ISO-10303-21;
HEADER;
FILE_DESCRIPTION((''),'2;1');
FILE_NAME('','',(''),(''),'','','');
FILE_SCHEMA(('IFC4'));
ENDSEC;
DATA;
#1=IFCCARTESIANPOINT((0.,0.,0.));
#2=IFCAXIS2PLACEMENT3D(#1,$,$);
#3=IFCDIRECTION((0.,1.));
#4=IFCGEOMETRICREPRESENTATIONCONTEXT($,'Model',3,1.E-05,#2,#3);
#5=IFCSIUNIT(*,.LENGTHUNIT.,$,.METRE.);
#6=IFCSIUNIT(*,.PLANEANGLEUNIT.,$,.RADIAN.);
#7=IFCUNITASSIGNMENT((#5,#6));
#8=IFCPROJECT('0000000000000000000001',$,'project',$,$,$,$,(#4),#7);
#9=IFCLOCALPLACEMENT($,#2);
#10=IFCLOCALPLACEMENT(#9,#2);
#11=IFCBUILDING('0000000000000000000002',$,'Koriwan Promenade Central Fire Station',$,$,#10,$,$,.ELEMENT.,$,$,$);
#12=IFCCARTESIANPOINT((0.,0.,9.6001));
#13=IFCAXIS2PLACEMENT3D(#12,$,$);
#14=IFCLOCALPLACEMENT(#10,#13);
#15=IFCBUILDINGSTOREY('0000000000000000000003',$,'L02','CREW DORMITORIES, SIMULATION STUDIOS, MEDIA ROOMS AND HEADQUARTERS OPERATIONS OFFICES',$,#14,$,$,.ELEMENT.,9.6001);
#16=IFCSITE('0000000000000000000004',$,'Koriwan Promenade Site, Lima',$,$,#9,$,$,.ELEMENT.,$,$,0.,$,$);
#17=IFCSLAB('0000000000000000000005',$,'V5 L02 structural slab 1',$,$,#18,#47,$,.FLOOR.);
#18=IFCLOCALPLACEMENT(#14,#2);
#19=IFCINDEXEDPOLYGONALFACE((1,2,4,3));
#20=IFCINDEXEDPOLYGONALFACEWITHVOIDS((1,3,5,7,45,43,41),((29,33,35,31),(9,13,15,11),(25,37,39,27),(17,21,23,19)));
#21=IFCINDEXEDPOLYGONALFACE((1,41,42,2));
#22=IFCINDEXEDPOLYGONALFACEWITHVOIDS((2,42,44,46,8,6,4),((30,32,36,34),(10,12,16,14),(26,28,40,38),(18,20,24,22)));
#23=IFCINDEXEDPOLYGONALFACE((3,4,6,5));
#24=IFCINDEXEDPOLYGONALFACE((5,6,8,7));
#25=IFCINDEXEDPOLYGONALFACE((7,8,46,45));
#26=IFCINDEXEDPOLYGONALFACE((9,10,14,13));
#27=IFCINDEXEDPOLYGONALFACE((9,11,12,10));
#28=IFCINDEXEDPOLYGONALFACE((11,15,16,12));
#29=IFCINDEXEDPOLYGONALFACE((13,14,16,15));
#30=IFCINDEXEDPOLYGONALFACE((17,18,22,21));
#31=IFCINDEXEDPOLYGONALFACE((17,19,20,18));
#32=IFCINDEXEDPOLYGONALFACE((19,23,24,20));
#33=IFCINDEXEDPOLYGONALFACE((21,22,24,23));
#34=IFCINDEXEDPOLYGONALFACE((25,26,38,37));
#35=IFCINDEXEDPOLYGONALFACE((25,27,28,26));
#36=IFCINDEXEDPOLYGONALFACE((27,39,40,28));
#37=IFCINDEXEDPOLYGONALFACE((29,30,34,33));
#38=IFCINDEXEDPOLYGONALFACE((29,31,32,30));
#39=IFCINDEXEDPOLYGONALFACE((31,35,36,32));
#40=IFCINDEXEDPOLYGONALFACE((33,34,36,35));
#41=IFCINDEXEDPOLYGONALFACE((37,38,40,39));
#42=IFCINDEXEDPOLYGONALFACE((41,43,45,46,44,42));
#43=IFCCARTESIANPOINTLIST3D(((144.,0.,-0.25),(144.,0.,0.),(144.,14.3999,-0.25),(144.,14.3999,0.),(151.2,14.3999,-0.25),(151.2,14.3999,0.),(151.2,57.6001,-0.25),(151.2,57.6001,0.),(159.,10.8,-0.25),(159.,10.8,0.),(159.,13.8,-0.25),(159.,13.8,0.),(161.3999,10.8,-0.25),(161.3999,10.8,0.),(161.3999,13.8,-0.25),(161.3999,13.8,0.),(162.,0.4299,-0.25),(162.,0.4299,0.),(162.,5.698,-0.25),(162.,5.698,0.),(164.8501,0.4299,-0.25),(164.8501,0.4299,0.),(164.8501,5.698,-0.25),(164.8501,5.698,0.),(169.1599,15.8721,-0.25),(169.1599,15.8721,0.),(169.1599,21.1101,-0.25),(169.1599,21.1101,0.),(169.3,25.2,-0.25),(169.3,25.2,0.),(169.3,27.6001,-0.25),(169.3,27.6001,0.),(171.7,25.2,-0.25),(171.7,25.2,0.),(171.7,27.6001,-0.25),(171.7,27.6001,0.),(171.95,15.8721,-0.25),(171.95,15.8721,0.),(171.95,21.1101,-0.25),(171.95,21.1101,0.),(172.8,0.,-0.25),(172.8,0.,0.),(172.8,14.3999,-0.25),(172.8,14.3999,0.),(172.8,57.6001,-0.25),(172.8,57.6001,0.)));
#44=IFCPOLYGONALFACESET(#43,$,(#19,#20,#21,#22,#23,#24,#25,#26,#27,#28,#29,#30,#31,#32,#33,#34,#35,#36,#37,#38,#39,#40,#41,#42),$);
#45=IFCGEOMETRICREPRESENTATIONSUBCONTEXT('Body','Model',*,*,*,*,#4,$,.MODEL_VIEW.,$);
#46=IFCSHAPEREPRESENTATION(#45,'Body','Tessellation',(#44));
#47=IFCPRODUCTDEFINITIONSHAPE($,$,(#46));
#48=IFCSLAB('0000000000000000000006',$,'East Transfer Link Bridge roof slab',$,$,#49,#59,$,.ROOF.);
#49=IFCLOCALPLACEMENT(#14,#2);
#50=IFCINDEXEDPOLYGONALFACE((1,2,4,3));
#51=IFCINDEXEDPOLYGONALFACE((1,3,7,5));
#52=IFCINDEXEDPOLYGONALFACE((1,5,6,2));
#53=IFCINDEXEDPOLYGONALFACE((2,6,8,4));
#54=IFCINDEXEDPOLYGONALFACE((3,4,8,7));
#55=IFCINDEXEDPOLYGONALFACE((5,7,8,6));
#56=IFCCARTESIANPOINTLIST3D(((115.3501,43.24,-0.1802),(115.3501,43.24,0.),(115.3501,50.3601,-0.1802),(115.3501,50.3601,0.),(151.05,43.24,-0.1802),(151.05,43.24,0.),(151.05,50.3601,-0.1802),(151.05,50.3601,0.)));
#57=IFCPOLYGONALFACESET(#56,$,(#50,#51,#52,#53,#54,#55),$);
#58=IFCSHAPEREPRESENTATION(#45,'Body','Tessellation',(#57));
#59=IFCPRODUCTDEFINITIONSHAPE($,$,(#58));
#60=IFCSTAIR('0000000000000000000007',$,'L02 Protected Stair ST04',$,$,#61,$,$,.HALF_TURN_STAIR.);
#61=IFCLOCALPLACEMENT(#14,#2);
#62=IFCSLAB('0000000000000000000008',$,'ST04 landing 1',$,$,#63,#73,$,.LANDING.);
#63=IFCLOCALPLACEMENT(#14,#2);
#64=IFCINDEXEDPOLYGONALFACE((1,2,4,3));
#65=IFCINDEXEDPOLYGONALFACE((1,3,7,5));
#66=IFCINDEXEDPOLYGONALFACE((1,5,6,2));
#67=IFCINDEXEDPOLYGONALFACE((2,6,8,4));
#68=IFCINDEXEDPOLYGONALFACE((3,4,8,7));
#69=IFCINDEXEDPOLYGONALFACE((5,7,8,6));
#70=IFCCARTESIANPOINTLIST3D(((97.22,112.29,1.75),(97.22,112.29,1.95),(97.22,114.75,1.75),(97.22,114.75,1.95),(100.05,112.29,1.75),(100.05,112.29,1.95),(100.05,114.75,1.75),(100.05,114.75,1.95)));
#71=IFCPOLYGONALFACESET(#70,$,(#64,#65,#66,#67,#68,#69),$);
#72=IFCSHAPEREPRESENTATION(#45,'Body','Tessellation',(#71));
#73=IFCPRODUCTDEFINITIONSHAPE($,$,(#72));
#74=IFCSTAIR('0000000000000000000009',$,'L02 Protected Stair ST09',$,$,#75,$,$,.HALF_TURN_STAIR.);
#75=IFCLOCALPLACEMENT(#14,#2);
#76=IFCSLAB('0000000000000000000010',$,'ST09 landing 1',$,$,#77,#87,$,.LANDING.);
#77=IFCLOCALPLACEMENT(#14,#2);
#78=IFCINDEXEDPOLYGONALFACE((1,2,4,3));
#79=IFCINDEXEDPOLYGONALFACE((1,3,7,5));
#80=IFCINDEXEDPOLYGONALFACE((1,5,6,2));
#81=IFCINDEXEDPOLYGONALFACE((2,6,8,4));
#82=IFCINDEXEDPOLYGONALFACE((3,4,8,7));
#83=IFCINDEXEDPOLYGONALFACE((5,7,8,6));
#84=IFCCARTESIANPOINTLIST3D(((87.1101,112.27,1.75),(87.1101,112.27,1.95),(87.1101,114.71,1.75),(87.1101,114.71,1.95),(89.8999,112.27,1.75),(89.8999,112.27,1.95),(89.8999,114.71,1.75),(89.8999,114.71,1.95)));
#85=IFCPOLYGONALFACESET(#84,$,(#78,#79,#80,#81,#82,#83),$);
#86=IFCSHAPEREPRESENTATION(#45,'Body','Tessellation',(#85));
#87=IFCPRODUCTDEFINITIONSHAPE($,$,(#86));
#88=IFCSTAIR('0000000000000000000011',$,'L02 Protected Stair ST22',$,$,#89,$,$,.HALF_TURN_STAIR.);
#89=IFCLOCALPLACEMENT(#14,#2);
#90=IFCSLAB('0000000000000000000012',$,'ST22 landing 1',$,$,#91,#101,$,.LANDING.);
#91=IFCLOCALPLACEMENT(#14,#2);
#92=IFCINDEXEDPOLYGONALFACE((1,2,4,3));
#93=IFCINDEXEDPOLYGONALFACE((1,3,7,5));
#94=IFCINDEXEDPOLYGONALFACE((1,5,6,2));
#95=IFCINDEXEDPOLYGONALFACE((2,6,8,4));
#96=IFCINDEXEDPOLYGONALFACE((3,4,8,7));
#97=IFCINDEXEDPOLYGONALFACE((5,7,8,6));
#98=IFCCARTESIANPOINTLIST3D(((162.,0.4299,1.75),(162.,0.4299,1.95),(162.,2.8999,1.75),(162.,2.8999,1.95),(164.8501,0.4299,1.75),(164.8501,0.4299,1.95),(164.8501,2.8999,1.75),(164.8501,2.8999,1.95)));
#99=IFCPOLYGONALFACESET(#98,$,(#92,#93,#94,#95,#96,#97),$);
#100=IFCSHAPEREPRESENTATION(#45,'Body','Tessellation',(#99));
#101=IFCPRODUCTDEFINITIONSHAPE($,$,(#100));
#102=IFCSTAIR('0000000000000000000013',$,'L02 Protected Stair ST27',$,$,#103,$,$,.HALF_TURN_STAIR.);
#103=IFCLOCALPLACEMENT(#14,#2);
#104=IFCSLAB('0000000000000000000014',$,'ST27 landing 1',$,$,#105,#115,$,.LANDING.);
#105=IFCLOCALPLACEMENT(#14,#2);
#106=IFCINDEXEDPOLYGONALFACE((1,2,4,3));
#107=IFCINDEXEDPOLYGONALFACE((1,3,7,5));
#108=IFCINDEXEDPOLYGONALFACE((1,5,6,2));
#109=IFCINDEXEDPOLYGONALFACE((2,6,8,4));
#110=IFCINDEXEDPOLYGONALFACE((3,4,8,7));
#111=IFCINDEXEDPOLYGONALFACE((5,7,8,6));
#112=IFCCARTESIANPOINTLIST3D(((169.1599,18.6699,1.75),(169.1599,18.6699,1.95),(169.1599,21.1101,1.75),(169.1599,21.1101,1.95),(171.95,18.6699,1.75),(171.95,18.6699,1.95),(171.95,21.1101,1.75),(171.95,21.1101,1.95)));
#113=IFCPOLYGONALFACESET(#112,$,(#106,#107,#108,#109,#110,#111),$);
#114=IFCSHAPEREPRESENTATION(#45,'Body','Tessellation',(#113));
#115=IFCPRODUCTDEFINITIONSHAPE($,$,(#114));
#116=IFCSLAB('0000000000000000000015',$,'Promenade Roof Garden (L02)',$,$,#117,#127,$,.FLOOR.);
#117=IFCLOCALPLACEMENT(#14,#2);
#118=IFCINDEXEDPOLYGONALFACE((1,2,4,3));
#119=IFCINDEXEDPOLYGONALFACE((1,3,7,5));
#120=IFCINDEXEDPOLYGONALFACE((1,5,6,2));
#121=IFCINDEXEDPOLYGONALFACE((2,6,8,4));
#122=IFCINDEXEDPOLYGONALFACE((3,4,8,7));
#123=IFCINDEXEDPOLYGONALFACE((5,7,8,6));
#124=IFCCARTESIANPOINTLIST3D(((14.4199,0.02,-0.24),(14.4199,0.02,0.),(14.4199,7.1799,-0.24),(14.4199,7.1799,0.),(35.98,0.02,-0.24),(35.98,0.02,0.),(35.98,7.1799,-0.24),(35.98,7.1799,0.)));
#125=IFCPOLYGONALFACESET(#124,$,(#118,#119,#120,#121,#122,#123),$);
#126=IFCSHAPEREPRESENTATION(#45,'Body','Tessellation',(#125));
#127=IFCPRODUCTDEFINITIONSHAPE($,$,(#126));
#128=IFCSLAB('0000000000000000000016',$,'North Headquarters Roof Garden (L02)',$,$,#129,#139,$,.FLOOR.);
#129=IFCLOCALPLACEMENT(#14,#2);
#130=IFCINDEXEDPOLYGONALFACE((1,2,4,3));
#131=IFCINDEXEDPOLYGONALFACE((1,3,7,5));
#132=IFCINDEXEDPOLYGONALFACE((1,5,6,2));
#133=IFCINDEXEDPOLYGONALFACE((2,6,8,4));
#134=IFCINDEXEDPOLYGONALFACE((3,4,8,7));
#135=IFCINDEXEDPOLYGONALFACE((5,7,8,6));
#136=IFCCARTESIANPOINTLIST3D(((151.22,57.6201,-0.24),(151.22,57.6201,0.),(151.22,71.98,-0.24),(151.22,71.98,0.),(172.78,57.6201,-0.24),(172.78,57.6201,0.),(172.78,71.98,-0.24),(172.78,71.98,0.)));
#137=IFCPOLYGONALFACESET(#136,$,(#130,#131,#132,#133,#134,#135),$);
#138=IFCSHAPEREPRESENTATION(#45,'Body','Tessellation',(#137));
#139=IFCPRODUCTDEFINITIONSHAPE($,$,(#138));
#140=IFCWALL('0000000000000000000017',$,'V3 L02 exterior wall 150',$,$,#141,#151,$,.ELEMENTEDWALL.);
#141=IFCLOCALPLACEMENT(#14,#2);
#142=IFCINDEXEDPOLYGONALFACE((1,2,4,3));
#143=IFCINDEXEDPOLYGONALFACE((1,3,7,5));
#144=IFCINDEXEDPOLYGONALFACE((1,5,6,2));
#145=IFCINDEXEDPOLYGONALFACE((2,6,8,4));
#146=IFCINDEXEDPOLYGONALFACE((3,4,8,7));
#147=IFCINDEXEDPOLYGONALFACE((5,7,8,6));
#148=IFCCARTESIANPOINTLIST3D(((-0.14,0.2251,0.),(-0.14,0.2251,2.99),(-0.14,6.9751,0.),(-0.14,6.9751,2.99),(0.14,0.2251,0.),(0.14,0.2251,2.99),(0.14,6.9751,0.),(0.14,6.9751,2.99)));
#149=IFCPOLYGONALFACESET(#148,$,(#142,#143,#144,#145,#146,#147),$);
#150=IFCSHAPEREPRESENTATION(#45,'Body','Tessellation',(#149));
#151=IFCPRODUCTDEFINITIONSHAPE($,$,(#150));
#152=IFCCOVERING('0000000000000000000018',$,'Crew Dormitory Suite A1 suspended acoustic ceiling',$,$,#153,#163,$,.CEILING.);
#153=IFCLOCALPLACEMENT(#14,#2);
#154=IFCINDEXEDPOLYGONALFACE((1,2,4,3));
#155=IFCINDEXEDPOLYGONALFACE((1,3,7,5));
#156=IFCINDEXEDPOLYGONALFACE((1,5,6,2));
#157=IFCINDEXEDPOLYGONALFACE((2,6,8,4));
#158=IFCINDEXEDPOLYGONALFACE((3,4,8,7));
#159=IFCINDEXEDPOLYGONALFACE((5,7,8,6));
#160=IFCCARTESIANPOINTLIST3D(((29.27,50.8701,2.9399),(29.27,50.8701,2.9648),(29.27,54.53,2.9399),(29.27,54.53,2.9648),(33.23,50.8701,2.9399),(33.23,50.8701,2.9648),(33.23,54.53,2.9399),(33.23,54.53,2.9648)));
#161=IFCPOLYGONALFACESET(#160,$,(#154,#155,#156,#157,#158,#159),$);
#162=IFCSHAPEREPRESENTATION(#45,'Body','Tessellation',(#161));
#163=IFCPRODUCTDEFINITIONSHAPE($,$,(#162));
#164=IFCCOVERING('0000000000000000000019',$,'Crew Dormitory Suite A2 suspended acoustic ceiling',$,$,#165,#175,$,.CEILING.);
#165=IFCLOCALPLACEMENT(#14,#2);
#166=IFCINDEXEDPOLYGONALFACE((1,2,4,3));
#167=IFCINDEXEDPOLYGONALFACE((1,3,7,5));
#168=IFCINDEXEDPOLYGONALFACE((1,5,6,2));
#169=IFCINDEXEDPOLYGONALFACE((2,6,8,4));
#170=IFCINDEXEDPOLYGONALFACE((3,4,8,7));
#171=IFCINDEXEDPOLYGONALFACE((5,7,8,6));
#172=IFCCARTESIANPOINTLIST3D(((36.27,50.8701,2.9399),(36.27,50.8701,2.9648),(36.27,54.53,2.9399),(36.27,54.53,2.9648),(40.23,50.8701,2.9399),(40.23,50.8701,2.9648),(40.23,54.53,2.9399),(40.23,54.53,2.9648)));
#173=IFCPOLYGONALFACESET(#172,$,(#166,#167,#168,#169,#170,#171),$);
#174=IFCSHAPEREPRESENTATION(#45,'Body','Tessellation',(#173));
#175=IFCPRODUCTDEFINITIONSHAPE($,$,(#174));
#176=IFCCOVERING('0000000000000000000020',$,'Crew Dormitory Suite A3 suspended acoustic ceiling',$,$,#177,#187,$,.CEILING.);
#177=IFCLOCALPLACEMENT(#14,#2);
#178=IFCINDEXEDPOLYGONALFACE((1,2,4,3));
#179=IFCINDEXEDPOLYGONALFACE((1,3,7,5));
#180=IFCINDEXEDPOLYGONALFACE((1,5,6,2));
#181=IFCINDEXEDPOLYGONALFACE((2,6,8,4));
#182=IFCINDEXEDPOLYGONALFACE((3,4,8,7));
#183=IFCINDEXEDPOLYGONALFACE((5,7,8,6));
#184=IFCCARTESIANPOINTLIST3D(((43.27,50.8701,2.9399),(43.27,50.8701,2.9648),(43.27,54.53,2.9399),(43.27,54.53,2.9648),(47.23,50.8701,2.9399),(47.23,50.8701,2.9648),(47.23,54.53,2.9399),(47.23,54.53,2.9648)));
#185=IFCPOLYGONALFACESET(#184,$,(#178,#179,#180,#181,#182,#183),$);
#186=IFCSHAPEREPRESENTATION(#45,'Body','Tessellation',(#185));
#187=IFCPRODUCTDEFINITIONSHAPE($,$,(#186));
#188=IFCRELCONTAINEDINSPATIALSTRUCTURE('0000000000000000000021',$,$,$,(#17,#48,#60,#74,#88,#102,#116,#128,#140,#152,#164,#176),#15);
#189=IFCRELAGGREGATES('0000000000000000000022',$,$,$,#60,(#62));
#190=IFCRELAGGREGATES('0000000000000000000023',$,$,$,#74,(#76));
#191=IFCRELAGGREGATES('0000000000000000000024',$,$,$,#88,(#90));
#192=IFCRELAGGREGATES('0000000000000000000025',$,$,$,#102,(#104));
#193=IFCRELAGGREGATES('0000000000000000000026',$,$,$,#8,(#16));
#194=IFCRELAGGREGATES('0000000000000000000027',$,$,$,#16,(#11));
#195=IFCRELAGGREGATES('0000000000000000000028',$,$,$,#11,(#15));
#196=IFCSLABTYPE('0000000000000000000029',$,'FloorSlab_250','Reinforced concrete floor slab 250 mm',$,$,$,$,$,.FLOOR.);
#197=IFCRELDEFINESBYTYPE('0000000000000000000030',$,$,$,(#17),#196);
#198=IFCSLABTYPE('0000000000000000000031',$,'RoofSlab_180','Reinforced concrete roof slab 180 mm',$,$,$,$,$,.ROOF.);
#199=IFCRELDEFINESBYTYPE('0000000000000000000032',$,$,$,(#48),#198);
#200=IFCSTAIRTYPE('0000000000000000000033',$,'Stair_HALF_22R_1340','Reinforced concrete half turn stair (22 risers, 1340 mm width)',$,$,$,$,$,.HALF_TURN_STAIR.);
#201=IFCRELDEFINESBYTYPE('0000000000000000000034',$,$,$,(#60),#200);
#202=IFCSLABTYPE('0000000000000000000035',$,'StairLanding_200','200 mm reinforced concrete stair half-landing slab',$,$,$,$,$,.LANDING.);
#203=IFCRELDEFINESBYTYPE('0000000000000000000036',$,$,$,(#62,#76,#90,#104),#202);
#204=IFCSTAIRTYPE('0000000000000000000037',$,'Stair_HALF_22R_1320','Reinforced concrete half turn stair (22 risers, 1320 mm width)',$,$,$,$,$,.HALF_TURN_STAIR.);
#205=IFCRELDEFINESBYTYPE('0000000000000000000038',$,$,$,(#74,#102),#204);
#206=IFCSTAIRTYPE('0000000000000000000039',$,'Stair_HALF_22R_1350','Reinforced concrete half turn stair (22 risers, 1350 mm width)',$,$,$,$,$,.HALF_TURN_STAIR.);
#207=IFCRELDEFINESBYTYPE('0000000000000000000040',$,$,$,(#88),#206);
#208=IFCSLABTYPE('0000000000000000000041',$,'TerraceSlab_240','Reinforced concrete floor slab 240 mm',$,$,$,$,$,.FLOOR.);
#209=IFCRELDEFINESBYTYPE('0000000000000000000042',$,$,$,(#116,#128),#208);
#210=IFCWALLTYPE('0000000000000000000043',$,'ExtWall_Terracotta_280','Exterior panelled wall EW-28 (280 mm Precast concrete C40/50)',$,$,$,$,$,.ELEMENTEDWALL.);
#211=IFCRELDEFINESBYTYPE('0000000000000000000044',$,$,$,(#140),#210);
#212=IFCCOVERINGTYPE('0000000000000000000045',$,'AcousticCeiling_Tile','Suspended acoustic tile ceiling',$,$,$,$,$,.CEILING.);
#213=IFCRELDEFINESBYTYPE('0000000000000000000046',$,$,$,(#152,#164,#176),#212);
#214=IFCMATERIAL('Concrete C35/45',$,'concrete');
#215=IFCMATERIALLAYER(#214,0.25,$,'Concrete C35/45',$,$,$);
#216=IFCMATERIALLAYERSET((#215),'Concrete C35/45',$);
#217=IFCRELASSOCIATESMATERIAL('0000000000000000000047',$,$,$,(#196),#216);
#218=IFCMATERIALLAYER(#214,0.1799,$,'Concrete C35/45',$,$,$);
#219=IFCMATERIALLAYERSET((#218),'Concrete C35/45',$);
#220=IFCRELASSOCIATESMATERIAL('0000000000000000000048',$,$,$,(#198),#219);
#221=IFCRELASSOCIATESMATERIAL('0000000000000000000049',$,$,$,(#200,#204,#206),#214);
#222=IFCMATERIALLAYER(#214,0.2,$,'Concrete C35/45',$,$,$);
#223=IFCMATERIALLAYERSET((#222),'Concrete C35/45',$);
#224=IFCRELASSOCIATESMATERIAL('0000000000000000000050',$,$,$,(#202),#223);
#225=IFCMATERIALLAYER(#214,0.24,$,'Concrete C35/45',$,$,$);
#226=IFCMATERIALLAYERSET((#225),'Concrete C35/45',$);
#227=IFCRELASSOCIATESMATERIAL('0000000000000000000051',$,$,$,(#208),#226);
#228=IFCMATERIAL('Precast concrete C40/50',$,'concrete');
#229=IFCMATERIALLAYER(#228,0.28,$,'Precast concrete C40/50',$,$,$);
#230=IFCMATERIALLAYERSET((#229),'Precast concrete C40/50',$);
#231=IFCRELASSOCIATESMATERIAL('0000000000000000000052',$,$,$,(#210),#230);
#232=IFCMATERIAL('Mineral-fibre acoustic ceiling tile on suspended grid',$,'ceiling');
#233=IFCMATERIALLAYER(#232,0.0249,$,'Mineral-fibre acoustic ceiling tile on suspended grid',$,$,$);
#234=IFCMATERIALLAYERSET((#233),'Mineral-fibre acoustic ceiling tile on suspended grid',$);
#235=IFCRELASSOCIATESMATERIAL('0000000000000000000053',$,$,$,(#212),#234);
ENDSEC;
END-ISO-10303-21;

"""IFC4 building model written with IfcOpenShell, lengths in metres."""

from ifc_helpers import new_model, si_unit, direction, frame, frame_2d, origin, place, context, subcontext, project, spatial, polyline, rectangle, outline, extrude, material, layer, layer_set, type_object, element, aggregate, save


model = new_model("IFC4")

# Units and contexts
model_context = context("Model", 3, precision=1e-05, world=origin(), true_north=direction((0.0, 1.0)))
body_context = subcontext(model_context, "Body", "Model", "MODEL_VIEW")
ifc_project = project(units=[si_unit("LENGTHUNIT", "METRE"), si_unit("PLANEANGLEUNIT", "RADIAN")], contexts=[model_context])

# Site, building, storey
site_placement = place(None, origin())
site = spatial("IfcSite", under=ifc_project, at=site_placement, Name="Koriwan Promenade Site, Lima", CompositionType="ELEMENT", RefElevation=0.0)
building_placement = place(site_placement, origin())
building = spatial("IfcBuilding", under=site, at=building_placement, Name="Koriwan Promenade Central Fire Station", CompositionType="ELEMENT")
storey_placement = place(building_placement, frame((0.0, 0.0, 9.6001)))
storey = spatial("IfcBuildingStorey", under=building, at=storey_placement, Name="L02", Description="CREW DORMITORIES, SIMULATION STUDIOS, MEDIA ROOMS AND HEADQUARTERS OPERATIONS OFFICES", CompositionType="ELEMENT", Elevation=9.6001)

# Shared definitions
ifc_material_1 = material(Name="Concrete C35/45", Category="concrete")

# Slabs
ifc_layer_1 = layer(ifc_material_1, 0.25, Name="Concrete C35/45")
ifc_layer_set_1 = layer_set([ifc_layer_1], Name="Concrete C35/45")
slab_type_1 = type_object("IfcSlabType", Name="FloorSlab_250", Description="Reinforced concrete floor slab 250 mm", PredefinedType="FLOOR", material=ifc_layer_set_1)
slab_1_placement = place(storey_placement, frame((0.0, 0.0, -0.25)))
element("IfcSlab", 1, at=slab_1_placement, inside=storey, type_object=slab_type_1, Name="V5 L02 structural slab 1", PredefinedType="FLOOR", context=body_context, shape_type="SweptSolid", body=[
    extrude(outline(polyline([(172.8, 14.3999), (172.8, 0.0), (144.0, 0.0), (144.0, 14.3999), (151.2, 14.3999), (151.2, 57.6001), (172.8, 57.6001), (172.8, 14.3999)]), holes=[polyline([(162.0, 0.4299), (164.8501, 0.4299), (164.8501, 5.698), (162.0, 5.698), (162.0, 0.4299)]), polyline([(169.1599, 21.1101), (169.1599, 15.8721), (171.95, 15.8721), (171.95, 21.1101), (169.1599, 21.1101)]), polyline([(161.3999, 13.8), (159.0, 13.8), (159.0, 10.8), (161.3999, 10.8), (161.3999, 13.8)]), polyline([(169.3, 25.2), (171.7, 25.2), (171.7, 27.6001), (169.3, 27.6001), (169.3, 25.2)])]), origin(), (0.0, 0.0, 1.0), 0.25),
])
ifc_layer_2 = layer(ifc_material_1, 0.1799, Name="Concrete C35/45")
ifc_layer_set_2 = layer_set([ifc_layer_2], Name="Concrete C35/45")
slab_type_2 = type_object("IfcSlabType", Name="RoofSlab_180", Description="Reinforced concrete roof slab 180 mm", PredefinedType="ROOF", material=ifc_layer_set_2)
slab_2_placement = place(storey_placement, frame((0.0, 0.0, -0.1802)))
element("IfcSlab", 2, at=slab_2_placement, inside=storey, type_object=slab_type_2, Name="East Transfer Link Bridge roof slab", PredefinedType="ROOF", context=body_context, shape_type="SweptSolid", body=[
    extrude(outline(polyline([(115.3501, 43.24), (151.05, 43.24), (151.05, 50.3601), (115.3501, 50.3601), (115.3501, 43.24)])), origin(), (0.0, 0.0, 1.0), 0.1802),
])

# Stairs, slabs
stair_type_1 = type_object("IfcStairType", Name="Stair_HALF_22R_1340", Description="Reinforced concrete half turn stair (22 risers, 1340 mm width)", PredefinedType="HALF_TURN_STAIR", material=ifc_material_1)
stair_1_placement = place(storey_placement, origin())
stair_1 = element("IfcStair", 3, at=stair_1_placement, inside=storey, type_object=stair_type_1, Name="L02 Protected Stair ST04", PredefinedType="HALF_TURN_STAIR")
ifc_layer_3 = layer(ifc_material_1, 0.2, Name="Concrete C35/45")
ifc_layer_set_3 = layer_set([ifc_layer_3], Name="Concrete C35/45")
slab_type_3 = type_object("IfcSlabType", Name="StairLanding_200", Description="200 mm reinforced concrete stair half-landing slab", PredefinedType="LANDING", material=ifc_layer_set_3)
slab_3_placement = place(storey_placement, frame((0.0, 0.0, 1.75)))
slab_3 = element("IfcSlab", 4, at=slab_3_placement, type_object=slab_type_3, Name="ST04 landing 1", PredefinedType="LANDING", context=body_context, shape_type="SweptSolid", body=[
    extrude(outline(polyline([(100.05, 112.29), (100.05, 114.75), (97.22, 114.75), (97.22, 112.29), (100.05, 112.29)])), origin(), (0.0, 0.0, 1.0), 0.2),
])
aggregate(stair_1, [slab_3])
stair_type_2 = type_object("IfcStairType", Name="Stair_HALF_22R_1320", Description="Reinforced concrete half turn stair (22 risers, 1320 mm width)", PredefinedType="HALF_TURN_STAIR", material=ifc_material_1)
stair_2_placement = place(storey_placement, origin())
stair_2 = element("IfcStair", 5, at=stair_2_placement, inside=storey, type_object=stair_type_2, Name="L02 Protected Stair ST09", PredefinedType="HALF_TURN_STAIR")
slab_4_placement = place(storey_placement, frame((0.0, 0.0, 1.75)))
slab_4 = element("IfcSlab", 6, at=slab_4_placement, type_object=slab_type_3, Name="ST09 landing 1", PredefinedType="LANDING", context=body_context, shape_type="SweptSolid", body=[
    extrude(outline(polyline([(89.8999, 112.27), (89.8999, 114.71), (87.1101, 114.71), (87.1101, 112.27), (89.8999, 112.27)])), origin(), (0.0, 0.0, 1.0), 0.2),
])
aggregate(stair_2, [slab_4])
stair_type_3 = type_object("IfcStairType", Name="Stair_HALF_22R_1350", Description="Reinforced concrete half turn stair (22 risers, 1350 mm width)", PredefinedType="HALF_TURN_STAIR", material=ifc_material_1)
stair_3_placement = place(storey_placement, origin())
stair_3 = element("IfcStair", 7, at=stair_3_placement, inside=storey, type_object=stair_type_3, Name="L02 Protected Stair ST22", PredefinedType="HALF_TURN_STAIR")
slab_5_placement = place(storey_placement, frame((0.0, 0.0, 1.75)))
slab_5 = element("IfcSlab", 8, at=slab_5_placement, type_object=slab_type_3, Name="ST22 landing 1", PredefinedType="LANDING", context=body_context, shape_type="SweptSolid", body=[
    extrude(outline(polyline([(162.0, 2.8999), (162.0, 0.4299), (164.8501, 0.4299), (164.8501, 2.8999), (162.0, 2.8999)])), origin(), (0.0, 0.0, 1.0), 0.2),
])
aggregate(stair_3, [slab_5])
stair_4_placement = place(storey_placement, origin())
stair_4 = element("IfcStair", 9, at=stair_4_placement, inside=storey, type_object=stair_type_2, Name="L02 Protected Stair ST27", PredefinedType="HALF_TURN_STAIR")
slab_6_placement = place(storey_placement, frame((0.0, 0.0, 1.75)))
slab_6 = element("IfcSlab", 10, at=slab_6_placement, type_object=slab_type_3, Name="ST27 landing 1", PredefinedType="LANDING", context=body_context, shape_type="SweptSolid", body=[
    extrude(outline(polyline([(171.95, 18.6699), (171.95, 21.1101), (169.1599, 21.1101), (169.1599, 18.6699), (171.95, 18.6699)])), origin(), (0.0, 0.0, 1.0), 0.2),
])
aggregate(stair_4, [slab_6])

# Slabs
ifc_layer_4 = layer(ifc_material_1, 0.24, Name="Concrete C35/45")
ifc_layer_set_4 = layer_set([ifc_layer_4], Name="Concrete C35/45")
slab_type_4 = type_object("IfcSlabType", Name="TerraceSlab_240", Description="Reinforced concrete floor slab 240 mm", PredefinedType="FLOOR", material=ifc_layer_set_4)
slab_7_placement = place(storey_placement, frame((0.0, 0.0, -0.24)))
element("IfcSlab", 11, at=slab_7_placement, inside=storey, type_object=slab_type_4, Name="Promenade Roof Garden (L02)", PredefinedType="FLOOR", context=body_context, shape_type="SweptSolid", body=[
    extrude(outline(polyline([(35.98, 0.02), (14.4199, 0.02), (14.4199, 7.1799), (35.98, 7.1799), (35.98, 0.02)])), origin(), (0.0, 0.0, 1.0), 0.24),
])
slab_8_placement = place(storey_placement, frame((0.0, 0.0, -0.24)))
element("IfcSlab", 12, at=slab_8_placement, inside=storey, type_object=slab_type_4, Name="North Headquarters Roof Garden (L02)", PredefinedType="FLOOR", context=body_context, shape_type="SweptSolid", body=[
    extrude(outline(polyline([(172.78, 57.6201), (151.22, 57.6201), (151.22, 71.98), (172.78, 71.98), (172.78, 57.6201)])), origin(), (0.0, 0.0, 1.0), 0.24),
])

# Wall
ifc_material_2 = material(Name="Precast concrete C40/50", Category="concrete")
ifc_layer_5 = layer(ifc_material_2, 0.28, Name="Precast concrete C40/50")
ifc_layer_set_5 = layer_set([ifc_layer_5], Name="Precast concrete C40/50")
wall_type = type_object("IfcWallType", Name="ExtWall_Terracotta_280", Description="Exterior panelled wall EW-28 (280 mm Precast concrete C40/50)", PredefinedType="ELEMENTEDWALL", material=ifc_layer_set_5)
wall_placement = place(storey_placement, frame((0.0, 6.9751, 0.0), z_axis=(0.0, 0.0, 1.0), x_axis=(0.0, -1.0, 0.0)))
element("IfcWall", 13, at=wall_placement, inside=storey, type_object=wall_type, Name="V3 L02 exterior wall 150", PredefinedType="ELEMENTEDWALL", context=body_context, shape_type="SweptSolid", body=[
    extrude(rectangle(XDim=6.75, YDim=0.28, at=frame_2d((3.375, 0.0))), origin(), (0.0, 0.0, 1.0), 2.99),
])

# Coverings
ifc_material_3 = material(Name="Mineral-fibre acoustic ceiling tile on suspended grid", Category="ceiling")
ifc_layer_6 = layer(ifc_material_3, 0.0249, Name="Mineral-fibre acoustic ceiling tile on suspended grid")
ifc_layer_set_6 = layer_set([ifc_layer_6], Name="Mineral-fibre acoustic ceiling tile on suspended grid")
covering_type_1 = type_object("IfcCoveringType", Name="AcousticCeiling_Tile", Description="Suspended acoustic tile ceiling", PredefinedType="CEILING", material=ifc_layer_set_6)
covering_1_placement = place(storey_placement, frame((0.0, 0.0, 2.9399)))
element("IfcCovering", 14, at=covering_1_placement, inside=storey, type_object=covering_type_1, Name="Crew Dormitory Suite A1 suspended acoustic ceiling", PredefinedType="CEILING", context=body_context, shape_type="SweptSolid", body=[
    extrude(outline(polyline([(29.27, 50.8701), (29.27, 54.53), (33.23, 54.53), (33.23, 50.8701), (29.27, 50.8701)])), origin(), (0.0, 0.0, 1.0), 0.0249),
])
covering_2_placement = place(storey_placement, frame((0.0, 0.0, 2.9399)))
element("IfcCovering", 15, at=covering_2_placement, inside=storey, type_object=covering_type_1, Name="Crew Dormitory Suite A2 suspended acoustic ceiling", PredefinedType="CEILING", context=body_context, shape_type="SweptSolid", body=[
    extrude(outline(polyline([(40.23, 54.53), (40.23, 50.8701), (36.27, 50.8701), (36.27, 54.53), (40.23, 54.53)])), origin(), (0.0, 0.0, 1.0), 0.0249),
])
covering_3_placement = place(storey_placement, frame((0.0, 0.0, 2.9399)))
element("IfcCovering", 16, at=covering_3_placement, inside=storey, type_object=covering_type_1, Name="Crew Dormitory Suite A3 suspended acoustic ceiling", PredefinedType="CEILING", context=body_context, shape_type="SweptSolid", body=[
    extrude(outline(polyline([(43.27, 50.8701), (43.27, 54.53), (47.23, 54.53), (47.23, 50.8701), (43.27, 50.8701)])), origin(), (0.0, 0.0, 1.0), 0.0249),
])

save(model, "model.ifc")
